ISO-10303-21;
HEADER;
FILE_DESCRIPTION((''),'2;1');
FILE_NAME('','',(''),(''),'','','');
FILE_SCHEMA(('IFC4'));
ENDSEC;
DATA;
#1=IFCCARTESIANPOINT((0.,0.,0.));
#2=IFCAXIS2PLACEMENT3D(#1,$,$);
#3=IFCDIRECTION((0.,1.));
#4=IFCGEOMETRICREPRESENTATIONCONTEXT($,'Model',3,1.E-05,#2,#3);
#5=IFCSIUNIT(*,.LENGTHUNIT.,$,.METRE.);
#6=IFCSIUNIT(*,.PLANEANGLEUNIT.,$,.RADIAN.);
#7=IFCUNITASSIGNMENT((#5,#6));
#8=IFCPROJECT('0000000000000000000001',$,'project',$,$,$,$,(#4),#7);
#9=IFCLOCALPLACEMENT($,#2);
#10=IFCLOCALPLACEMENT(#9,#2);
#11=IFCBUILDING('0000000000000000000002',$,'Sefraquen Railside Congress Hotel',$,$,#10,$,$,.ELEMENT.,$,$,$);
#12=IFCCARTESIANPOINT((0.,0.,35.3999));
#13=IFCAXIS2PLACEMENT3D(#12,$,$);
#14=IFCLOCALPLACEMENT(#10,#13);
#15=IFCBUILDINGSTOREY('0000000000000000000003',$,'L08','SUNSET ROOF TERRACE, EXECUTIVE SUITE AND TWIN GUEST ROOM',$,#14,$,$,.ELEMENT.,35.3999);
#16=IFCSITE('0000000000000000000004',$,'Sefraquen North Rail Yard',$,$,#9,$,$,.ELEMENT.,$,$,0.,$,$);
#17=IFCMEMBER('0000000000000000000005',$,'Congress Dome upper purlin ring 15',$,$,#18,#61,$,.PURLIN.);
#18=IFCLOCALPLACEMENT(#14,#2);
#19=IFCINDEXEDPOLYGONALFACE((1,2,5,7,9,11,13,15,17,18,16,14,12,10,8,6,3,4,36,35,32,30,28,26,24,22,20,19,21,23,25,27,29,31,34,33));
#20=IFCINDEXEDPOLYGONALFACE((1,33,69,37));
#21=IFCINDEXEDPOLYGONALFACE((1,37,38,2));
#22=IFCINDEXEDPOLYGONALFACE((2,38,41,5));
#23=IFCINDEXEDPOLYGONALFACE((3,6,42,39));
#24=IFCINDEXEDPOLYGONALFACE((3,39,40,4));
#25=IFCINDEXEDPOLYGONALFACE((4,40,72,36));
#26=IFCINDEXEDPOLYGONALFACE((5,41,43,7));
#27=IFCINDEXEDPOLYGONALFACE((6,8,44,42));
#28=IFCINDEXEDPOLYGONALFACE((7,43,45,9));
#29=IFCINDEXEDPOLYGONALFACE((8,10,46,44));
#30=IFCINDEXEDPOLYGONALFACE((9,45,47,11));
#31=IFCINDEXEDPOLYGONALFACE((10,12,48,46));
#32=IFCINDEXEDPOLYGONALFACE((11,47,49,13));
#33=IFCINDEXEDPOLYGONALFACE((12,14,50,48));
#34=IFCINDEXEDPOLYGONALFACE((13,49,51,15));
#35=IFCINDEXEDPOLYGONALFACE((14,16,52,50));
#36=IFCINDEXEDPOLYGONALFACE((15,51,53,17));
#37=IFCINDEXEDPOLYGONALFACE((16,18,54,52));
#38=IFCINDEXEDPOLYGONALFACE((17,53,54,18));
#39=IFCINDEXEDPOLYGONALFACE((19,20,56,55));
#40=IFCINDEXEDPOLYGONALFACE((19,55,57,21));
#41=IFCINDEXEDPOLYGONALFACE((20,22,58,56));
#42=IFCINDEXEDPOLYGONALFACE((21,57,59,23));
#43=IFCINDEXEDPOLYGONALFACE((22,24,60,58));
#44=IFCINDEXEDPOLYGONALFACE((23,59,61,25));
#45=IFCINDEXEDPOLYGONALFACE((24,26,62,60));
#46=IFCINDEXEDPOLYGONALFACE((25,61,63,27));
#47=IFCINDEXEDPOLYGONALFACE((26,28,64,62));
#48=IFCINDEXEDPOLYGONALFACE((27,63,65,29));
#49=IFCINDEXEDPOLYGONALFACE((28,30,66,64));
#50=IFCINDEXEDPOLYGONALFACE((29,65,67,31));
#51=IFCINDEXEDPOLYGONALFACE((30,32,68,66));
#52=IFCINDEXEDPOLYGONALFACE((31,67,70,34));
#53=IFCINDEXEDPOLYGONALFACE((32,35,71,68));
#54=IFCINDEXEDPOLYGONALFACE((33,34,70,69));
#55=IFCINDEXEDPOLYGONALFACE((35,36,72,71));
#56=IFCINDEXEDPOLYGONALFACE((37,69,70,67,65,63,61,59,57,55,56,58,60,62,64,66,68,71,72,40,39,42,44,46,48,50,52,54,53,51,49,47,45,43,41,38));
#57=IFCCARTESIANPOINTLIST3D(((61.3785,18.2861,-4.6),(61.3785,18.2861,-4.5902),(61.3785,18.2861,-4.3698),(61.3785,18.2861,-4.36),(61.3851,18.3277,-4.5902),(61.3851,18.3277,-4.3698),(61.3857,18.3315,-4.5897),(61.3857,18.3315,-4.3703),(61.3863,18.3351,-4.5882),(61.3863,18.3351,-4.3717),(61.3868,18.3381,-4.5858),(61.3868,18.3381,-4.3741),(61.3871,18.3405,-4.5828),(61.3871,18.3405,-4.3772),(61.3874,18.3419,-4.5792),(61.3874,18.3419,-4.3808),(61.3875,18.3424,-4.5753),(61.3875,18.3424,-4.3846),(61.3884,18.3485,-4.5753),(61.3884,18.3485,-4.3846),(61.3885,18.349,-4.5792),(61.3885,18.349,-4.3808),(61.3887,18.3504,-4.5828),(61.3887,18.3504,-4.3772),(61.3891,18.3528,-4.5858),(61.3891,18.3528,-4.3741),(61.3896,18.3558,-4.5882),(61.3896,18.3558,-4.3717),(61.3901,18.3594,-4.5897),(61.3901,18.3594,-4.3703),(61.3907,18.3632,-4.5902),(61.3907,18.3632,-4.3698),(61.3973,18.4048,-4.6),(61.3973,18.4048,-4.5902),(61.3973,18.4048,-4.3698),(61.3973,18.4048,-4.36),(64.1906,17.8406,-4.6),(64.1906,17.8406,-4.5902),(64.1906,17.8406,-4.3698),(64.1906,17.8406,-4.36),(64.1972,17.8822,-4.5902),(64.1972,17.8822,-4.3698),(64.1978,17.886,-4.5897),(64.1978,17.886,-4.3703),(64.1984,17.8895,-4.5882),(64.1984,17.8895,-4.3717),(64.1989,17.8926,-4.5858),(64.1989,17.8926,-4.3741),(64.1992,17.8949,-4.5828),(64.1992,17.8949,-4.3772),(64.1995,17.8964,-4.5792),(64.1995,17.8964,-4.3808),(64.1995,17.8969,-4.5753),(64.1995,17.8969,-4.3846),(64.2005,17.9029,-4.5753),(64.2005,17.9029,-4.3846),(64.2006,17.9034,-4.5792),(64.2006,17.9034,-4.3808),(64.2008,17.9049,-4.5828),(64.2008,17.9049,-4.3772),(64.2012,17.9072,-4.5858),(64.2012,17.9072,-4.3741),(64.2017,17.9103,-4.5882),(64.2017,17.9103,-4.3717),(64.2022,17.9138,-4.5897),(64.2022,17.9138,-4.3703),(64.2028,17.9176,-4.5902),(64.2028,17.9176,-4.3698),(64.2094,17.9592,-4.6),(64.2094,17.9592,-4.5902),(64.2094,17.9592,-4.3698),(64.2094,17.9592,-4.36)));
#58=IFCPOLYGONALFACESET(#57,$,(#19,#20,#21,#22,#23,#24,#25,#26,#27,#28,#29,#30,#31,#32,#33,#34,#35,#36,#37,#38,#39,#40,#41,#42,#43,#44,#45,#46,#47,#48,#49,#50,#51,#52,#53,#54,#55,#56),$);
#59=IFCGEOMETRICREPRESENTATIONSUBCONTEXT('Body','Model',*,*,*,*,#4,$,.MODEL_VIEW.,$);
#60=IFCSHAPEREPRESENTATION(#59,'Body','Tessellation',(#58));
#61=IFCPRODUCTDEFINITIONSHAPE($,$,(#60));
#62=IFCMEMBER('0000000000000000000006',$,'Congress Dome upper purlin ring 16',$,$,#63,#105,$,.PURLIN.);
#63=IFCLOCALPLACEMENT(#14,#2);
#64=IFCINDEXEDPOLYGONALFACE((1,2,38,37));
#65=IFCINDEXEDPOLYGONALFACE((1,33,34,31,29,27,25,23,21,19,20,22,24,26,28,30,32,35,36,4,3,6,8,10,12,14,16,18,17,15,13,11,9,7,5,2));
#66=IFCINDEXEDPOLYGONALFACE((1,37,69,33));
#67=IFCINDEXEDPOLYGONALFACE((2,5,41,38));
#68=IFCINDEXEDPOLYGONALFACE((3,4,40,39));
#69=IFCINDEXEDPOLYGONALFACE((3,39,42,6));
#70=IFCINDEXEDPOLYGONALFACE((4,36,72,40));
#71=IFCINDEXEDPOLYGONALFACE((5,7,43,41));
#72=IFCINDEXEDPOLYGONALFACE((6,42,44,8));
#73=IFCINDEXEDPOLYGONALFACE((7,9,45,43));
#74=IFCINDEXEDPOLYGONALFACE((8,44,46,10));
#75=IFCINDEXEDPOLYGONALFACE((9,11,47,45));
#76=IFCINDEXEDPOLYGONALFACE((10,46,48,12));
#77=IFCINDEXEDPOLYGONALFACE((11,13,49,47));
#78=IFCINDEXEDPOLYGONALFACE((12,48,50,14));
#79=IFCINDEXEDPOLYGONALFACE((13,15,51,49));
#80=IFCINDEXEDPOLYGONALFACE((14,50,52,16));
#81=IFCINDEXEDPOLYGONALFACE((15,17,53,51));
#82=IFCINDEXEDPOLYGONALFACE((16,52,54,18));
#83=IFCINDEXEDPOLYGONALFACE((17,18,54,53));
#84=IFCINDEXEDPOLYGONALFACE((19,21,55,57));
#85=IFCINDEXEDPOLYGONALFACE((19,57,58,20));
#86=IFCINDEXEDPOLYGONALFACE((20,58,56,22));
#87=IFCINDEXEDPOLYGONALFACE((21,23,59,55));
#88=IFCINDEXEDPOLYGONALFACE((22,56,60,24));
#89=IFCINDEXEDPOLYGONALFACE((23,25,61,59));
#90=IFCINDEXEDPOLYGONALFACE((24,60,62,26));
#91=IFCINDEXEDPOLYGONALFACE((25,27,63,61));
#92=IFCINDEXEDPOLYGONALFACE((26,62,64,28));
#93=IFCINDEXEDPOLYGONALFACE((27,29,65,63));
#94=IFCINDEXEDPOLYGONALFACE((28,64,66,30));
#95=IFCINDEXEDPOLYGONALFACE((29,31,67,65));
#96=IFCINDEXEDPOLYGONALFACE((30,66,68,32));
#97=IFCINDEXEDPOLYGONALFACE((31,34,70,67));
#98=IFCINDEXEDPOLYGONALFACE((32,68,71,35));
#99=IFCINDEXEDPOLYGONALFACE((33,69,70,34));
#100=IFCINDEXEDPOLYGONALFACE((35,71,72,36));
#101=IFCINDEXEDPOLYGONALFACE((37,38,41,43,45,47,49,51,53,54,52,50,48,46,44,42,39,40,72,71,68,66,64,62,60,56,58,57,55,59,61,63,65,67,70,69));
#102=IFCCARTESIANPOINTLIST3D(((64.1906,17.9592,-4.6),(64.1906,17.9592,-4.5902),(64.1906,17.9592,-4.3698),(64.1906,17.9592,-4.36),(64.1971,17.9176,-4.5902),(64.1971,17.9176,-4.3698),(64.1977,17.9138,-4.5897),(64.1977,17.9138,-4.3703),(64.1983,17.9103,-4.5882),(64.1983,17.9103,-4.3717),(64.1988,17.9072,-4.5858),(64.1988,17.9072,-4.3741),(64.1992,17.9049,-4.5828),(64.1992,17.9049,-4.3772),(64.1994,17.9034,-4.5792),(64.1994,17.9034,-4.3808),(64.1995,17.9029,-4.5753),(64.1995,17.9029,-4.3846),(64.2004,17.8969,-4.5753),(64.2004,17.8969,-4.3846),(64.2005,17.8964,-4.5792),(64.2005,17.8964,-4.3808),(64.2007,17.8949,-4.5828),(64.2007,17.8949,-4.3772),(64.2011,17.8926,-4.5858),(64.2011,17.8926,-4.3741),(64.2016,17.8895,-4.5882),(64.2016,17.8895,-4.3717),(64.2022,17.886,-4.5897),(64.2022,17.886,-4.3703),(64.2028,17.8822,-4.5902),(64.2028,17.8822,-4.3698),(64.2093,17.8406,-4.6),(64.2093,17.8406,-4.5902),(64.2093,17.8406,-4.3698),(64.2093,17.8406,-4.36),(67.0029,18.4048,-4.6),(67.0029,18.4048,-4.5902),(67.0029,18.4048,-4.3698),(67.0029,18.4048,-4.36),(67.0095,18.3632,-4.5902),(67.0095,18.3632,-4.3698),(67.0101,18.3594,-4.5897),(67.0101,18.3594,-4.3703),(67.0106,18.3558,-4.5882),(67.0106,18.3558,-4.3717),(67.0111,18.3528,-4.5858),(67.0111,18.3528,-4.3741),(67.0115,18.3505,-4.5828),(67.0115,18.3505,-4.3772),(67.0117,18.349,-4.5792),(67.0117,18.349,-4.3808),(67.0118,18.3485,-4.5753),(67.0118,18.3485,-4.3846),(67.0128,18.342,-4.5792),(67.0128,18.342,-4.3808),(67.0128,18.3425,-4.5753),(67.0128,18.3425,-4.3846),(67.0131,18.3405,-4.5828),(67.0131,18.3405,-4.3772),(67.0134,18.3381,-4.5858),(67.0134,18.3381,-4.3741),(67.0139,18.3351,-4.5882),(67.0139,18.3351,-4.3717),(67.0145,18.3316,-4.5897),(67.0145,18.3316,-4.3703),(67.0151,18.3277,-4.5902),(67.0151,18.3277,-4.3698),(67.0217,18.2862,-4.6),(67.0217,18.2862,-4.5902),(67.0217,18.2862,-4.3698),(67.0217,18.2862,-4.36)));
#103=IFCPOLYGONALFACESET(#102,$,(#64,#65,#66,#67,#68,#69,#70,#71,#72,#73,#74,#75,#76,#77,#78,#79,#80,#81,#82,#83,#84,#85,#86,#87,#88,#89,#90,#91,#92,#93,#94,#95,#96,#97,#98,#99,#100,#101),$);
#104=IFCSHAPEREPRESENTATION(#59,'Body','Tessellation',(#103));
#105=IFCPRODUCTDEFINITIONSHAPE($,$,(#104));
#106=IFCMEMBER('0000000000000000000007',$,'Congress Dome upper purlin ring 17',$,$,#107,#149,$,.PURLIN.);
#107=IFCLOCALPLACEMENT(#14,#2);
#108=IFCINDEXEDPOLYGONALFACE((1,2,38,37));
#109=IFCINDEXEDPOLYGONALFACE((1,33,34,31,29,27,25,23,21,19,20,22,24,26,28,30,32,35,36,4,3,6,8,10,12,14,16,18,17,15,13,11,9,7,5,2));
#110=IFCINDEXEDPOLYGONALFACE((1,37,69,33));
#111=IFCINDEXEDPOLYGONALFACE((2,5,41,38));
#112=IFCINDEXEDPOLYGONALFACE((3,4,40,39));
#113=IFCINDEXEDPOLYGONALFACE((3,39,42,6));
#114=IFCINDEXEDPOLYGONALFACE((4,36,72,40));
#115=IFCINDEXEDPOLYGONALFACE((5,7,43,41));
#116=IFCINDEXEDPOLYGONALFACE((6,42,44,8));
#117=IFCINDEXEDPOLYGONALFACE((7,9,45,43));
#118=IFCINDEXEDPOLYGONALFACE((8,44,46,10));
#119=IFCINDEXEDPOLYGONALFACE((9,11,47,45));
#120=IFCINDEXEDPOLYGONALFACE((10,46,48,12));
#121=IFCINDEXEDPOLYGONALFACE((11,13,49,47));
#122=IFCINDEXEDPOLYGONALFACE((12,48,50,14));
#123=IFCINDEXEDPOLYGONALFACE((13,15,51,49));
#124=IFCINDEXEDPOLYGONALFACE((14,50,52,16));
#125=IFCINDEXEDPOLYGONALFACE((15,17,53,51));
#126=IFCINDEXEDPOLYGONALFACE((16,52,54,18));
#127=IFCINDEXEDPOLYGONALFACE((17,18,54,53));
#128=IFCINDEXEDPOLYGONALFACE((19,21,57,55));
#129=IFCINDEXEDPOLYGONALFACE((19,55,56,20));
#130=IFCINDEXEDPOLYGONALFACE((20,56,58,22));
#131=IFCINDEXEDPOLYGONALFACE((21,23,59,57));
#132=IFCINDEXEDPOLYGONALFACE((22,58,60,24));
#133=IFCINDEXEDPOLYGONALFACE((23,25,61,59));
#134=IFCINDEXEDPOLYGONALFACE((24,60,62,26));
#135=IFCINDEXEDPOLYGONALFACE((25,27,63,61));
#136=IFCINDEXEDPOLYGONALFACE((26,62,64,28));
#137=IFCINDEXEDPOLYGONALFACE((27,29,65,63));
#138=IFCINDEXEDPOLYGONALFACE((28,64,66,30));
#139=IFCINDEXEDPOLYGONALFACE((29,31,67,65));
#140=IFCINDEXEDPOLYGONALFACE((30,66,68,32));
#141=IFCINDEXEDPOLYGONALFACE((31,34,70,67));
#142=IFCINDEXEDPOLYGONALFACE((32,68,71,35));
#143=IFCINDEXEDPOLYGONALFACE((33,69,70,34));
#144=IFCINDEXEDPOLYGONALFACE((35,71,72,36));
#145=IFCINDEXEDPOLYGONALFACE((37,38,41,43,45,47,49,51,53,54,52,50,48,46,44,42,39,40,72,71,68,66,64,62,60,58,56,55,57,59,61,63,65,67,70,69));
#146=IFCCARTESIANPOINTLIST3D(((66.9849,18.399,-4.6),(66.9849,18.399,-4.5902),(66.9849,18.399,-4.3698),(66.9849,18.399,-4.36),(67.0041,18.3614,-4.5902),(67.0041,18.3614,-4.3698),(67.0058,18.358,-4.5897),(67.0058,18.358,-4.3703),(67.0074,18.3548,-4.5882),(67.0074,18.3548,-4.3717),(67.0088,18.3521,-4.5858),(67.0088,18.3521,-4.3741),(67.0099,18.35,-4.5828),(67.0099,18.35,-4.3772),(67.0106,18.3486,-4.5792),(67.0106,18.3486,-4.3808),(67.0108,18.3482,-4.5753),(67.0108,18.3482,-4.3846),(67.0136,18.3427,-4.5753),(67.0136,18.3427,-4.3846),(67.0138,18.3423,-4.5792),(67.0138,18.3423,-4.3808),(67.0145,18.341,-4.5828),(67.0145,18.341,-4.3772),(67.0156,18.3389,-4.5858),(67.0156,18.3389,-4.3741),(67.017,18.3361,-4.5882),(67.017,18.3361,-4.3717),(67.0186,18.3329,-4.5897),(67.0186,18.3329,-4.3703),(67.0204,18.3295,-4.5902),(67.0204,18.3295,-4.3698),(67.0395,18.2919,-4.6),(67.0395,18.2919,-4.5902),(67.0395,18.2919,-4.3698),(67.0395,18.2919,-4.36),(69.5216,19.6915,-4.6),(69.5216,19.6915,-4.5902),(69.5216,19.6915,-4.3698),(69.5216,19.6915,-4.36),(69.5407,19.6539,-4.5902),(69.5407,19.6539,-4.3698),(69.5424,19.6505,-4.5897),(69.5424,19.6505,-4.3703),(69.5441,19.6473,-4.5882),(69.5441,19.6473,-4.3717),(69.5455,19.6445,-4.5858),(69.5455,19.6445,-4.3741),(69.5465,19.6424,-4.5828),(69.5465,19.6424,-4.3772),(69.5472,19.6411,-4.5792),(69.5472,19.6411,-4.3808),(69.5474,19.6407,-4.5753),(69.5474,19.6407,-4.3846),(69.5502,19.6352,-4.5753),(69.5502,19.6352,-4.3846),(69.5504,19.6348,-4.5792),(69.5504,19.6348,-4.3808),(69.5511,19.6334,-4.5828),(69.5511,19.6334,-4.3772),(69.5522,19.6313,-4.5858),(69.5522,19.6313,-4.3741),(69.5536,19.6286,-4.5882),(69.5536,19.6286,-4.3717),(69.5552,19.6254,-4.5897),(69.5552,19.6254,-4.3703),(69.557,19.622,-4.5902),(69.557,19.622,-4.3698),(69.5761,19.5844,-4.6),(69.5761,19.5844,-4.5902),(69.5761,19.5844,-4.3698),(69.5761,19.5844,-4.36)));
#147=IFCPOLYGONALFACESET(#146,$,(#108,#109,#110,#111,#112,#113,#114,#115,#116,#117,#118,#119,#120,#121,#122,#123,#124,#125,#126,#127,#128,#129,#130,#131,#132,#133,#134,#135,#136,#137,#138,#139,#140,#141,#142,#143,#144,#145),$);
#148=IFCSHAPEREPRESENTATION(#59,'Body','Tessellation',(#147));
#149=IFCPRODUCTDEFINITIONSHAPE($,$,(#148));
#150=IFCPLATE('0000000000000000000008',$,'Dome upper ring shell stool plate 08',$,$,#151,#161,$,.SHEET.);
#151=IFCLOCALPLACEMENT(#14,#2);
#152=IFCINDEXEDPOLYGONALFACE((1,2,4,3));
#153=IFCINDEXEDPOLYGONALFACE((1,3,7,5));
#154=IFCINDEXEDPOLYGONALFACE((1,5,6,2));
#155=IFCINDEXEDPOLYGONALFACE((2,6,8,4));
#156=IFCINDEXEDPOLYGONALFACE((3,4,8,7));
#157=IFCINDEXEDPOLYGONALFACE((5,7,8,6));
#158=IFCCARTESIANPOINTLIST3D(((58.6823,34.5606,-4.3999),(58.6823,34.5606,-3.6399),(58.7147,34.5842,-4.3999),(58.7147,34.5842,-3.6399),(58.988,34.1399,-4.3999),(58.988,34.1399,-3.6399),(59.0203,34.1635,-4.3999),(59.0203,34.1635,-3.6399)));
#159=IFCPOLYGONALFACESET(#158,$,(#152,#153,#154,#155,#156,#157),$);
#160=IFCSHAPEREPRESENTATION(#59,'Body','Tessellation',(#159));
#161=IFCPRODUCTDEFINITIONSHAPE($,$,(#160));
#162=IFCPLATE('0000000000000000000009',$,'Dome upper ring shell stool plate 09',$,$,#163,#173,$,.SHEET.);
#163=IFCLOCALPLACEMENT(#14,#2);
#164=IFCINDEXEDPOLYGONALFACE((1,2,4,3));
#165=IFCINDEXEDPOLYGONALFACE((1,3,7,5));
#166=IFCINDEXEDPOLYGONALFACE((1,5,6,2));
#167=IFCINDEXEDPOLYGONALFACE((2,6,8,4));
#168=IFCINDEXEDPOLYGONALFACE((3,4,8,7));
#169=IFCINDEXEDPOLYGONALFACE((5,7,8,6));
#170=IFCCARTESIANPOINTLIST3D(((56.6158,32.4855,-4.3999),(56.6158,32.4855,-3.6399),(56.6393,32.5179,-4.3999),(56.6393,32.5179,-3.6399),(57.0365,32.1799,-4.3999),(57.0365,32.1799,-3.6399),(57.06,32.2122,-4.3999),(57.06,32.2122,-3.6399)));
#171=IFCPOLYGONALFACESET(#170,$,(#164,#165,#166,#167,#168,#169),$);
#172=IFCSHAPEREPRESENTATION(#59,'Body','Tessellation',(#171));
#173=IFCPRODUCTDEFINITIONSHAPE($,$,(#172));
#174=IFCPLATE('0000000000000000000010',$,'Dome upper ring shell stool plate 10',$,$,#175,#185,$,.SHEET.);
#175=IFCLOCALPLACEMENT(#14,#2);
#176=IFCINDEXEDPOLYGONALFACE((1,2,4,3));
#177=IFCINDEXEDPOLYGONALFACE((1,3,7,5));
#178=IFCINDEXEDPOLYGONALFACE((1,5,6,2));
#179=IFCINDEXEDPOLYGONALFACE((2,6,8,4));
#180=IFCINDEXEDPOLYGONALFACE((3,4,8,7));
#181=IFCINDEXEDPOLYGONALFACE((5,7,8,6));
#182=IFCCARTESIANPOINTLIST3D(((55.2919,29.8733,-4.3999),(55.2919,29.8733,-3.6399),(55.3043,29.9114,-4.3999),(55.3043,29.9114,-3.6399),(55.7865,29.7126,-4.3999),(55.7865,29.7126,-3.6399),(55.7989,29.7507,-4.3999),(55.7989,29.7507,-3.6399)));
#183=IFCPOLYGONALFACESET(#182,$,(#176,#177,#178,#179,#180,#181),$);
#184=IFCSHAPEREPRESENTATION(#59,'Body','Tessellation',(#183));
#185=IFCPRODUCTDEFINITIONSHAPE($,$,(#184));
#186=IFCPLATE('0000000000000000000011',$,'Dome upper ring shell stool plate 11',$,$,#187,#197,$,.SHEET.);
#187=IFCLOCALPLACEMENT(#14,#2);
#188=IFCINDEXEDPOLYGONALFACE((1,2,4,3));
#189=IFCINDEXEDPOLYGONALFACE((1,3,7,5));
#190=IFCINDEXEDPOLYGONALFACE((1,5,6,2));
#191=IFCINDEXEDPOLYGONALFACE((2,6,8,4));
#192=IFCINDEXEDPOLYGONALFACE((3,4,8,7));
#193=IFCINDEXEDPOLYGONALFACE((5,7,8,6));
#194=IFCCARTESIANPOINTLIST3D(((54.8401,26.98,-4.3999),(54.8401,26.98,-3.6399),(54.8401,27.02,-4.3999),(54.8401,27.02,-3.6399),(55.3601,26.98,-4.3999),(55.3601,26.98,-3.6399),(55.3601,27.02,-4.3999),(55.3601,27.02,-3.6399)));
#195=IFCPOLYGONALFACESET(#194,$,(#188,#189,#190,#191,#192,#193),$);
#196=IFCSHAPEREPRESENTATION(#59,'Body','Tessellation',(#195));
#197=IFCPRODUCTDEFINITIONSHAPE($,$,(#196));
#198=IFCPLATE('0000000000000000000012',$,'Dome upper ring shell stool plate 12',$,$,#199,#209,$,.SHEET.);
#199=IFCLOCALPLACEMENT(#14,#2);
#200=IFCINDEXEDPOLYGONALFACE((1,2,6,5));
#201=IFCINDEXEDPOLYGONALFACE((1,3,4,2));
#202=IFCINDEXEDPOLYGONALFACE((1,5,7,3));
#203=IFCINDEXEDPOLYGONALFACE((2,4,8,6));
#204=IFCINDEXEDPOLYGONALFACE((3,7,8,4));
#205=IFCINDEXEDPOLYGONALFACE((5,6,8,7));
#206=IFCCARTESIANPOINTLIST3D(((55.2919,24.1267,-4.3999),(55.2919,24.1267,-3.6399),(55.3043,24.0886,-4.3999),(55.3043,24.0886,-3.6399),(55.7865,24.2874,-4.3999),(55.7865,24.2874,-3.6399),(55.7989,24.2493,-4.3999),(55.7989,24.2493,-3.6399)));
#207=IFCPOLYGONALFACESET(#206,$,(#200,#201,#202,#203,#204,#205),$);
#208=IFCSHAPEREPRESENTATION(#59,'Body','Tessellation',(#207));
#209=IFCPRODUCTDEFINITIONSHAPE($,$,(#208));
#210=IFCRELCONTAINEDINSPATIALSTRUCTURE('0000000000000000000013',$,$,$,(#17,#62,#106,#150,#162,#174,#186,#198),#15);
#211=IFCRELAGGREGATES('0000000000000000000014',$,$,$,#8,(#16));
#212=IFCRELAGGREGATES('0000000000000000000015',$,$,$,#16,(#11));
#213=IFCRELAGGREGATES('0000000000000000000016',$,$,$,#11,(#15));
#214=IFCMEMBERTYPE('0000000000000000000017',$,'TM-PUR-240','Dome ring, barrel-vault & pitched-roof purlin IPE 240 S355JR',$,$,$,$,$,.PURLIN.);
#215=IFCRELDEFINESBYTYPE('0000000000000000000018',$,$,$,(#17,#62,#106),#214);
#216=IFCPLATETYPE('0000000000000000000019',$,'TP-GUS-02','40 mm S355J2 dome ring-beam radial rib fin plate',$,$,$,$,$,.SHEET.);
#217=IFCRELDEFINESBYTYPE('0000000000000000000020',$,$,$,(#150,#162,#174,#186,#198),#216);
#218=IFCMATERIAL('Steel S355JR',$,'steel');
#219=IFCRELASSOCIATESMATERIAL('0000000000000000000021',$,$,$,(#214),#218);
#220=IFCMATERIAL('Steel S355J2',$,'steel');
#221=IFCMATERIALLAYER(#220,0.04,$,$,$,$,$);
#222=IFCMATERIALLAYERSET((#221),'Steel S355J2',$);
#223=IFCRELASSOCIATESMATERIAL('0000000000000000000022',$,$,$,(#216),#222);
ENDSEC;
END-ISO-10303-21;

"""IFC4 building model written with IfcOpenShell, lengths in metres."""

from ifc_helpers import new_model, si_unit, direction, frame, origin, origin_2d, place, context, subcontext, project, spatial, rectangle, i_section, extrude, material, layer, layer_set, material_profile, profile_set, type_object, element, save


model = new_model("IFC4")

# Units and contexts
model_context = context("Model", 3, precision=1e-05, world=origin(), true_north=direction((0.0, 1.0)))
body_context = subcontext(model_context, "Body", "Model", "MODEL_VIEW")
ifc_project = project(units=[si_unit("LENGTHUNIT", "METRE"), si_unit("PLANEANGLEUNIT", "RADIAN")], contexts=[model_context])

# Site, building, storey
site_placement = place(None, origin())
site = spatial("IfcSite", under=ifc_project, at=site_placement, Name="Sefraquen North Rail Yard", CompositionType="ELEMENT", RefElevation=0.0)
building_placement = place(site_placement, origin())
building = spatial("IfcBuilding", under=site, at=building_placement, Name="Sefraquen Railside Congress Hotel", CompositionType="ELEMENT")
storey_placement = place(building_placement, frame((0.0, 0.0, 35.3999)))
storey = spatial("IfcBuildingStorey", under=building, at=storey_placement, Name="L08", Description="SUNSET ROOF TERRACE, EXECUTIVE SUITE AND TWIN GUEST ROOM", CompositionType="ELEMENT", Elevation=35.3999)

# Members
ifc_material_1 = material(Name="Steel S355JR", Category="steel")
ifc_material_profile = material_profile(ifc_material_1, i_section(OverallWidth=0.1201, OverallDepth=0.24, WebThickness=0.0061, FlangeThickness=0.0098, FilletRadius=0.0149, at=origin_2d()), Name="IPE 240")
ifc_profile_set = profile_set([ifc_material_profile], Name="Steel S355JR")
member_type = type_object("IfcMemberType", Name="TM-PUR-240", Description="Dome ring, barrel-vault & pitched-roof purlin IPE 240 S355JR", PredefinedType="PURLIN", material=ifc_profile_set)
member_1_placement = place(storey_placement, frame((61.3879, 18.3455, -4.48), z_axis=(0.987679, -0.156495, 0.0), x_axis=(0.156495, 0.987679, 0.0)))
element("IfcMember", 1, at=member_1_placement, inside=storey, type_object=member_type, Name="Congress Dome upper purlin ring 15", PredefinedType="PURLIN", context=body_context, shape_type="SweptSolid", body=[
    extrude(i_section(OverallWidth=0.1201, OverallDepth=0.24, WebThickness=0.0061, FlangeThickness=0.0098, FilletRadius=0.0149, at=origin_2d()), origin(), (0.0, 0.0, 1.0), 2.8472),
])
member_2_placement = place(storey_placement, frame((64.2, 17.8999, -4.48), z_axis=(0.987681, 0.156482, 0.0), x_axis=(-0.156482, 0.987681, 0.0)))
element("IfcMember", 2, at=member_2_placement, inside=storey, type_object=member_type, Name="Congress Dome upper purlin ring 16", PredefinedType="PURLIN", context=body_context, shape_type="SweptSolid", body=[
    extrude(i_section(OverallWidth=0.1201, OverallDepth=0.24, WebThickness=0.0061, FlangeThickness=0.0098, FilletRadius=0.0149, at=origin_2d()), origin(), (0.0, 0.0, 1.0), 2.8474),
])
member_3_placement = place(storey_placement, frame((67.0122, 18.3455, -4.48), z_axis=(0.891005, 0.453993, 0.0), x_axis=(-0.453993, 0.891005, 0.0)))
element("IfcMember", 3, at=member_3_placement, inside=storey, type_object=member_type, Name="Congress Dome upper purlin ring 17", PredefinedType="PURLIN", context=body_context, shape_type="SweptSolid", body=[
    extrude(i_section(OverallWidth=0.1201, OverallDepth=0.24, WebThickness=0.0061, FlangeThickness=0.0098, FilletRadius=0.0149, at=origin_2d()), origin(), (0.0, 0.0, 1.0), 2.8469),
])

# Plates
ifc_material_2 = material(Name="Steel S355J2", Category="steel")
ifc_layer = layer(ifc_material_2, 0.04)
ifc_layer_set = layer_set([ifc_layer], Name="Steel S355J2")
plate_type = type_object("IfcPlateType", Name="TP-GUS-02", Description="40 mm S355J2 dome ring-beam radial rib fin plate", PredefinedType="SHEET", material=ifc_layer_set)
for number, where, z_axis, x_axis, name in (
    (4, (58.8513, 34.3621, -4.3999), (0.0, 0.0, 1.0), (-0.587785, 0.809017, 0.0), "Dome upper ring shell stool plate 08"),
    (5, (56.8379, 32.3489, -4.3999), (0.0, 0.0, 1.0), (-0.809017, 0.587785, 0.0), "Dome upper ring shell stool plate 09"),
    (6, (55.5454, 29.812, -4.3999), (0.0, 0.0, 1.0), (-0.951057, 0.309017, 0.0), "Dome upper ring shell stool plate 10"),
    (7, (55.1001, 27.0, -4.3999), (0.0, 0.0, 1.0), (-1.0, 0.0, 0.0), "Dome upper ring shell stool plate 11"),
    (8, (55.5454, 24.188, -4.3999), (0.0, 0.0, 1.0), (-0.951057, -0.309017, 0.0), "Dome upper ring shell stool plate 12"),
):
    element("IfcPlate", number, at=place(storey_placement, frame(where, z_axis=z_axis, x_axis=x_axis)), inside=storey, type_object=plate_type, Name=name, PredefinedType="SHEET", context=body_context, shape_type="SweptSolid", body=[
        extrude(rectangle(XDim=0.52, YDim=0.04, at=origin_2d()), origin(), (0.0, 0.0, 1.0), 0.76),
    ])

save(model, "model.ifc")
